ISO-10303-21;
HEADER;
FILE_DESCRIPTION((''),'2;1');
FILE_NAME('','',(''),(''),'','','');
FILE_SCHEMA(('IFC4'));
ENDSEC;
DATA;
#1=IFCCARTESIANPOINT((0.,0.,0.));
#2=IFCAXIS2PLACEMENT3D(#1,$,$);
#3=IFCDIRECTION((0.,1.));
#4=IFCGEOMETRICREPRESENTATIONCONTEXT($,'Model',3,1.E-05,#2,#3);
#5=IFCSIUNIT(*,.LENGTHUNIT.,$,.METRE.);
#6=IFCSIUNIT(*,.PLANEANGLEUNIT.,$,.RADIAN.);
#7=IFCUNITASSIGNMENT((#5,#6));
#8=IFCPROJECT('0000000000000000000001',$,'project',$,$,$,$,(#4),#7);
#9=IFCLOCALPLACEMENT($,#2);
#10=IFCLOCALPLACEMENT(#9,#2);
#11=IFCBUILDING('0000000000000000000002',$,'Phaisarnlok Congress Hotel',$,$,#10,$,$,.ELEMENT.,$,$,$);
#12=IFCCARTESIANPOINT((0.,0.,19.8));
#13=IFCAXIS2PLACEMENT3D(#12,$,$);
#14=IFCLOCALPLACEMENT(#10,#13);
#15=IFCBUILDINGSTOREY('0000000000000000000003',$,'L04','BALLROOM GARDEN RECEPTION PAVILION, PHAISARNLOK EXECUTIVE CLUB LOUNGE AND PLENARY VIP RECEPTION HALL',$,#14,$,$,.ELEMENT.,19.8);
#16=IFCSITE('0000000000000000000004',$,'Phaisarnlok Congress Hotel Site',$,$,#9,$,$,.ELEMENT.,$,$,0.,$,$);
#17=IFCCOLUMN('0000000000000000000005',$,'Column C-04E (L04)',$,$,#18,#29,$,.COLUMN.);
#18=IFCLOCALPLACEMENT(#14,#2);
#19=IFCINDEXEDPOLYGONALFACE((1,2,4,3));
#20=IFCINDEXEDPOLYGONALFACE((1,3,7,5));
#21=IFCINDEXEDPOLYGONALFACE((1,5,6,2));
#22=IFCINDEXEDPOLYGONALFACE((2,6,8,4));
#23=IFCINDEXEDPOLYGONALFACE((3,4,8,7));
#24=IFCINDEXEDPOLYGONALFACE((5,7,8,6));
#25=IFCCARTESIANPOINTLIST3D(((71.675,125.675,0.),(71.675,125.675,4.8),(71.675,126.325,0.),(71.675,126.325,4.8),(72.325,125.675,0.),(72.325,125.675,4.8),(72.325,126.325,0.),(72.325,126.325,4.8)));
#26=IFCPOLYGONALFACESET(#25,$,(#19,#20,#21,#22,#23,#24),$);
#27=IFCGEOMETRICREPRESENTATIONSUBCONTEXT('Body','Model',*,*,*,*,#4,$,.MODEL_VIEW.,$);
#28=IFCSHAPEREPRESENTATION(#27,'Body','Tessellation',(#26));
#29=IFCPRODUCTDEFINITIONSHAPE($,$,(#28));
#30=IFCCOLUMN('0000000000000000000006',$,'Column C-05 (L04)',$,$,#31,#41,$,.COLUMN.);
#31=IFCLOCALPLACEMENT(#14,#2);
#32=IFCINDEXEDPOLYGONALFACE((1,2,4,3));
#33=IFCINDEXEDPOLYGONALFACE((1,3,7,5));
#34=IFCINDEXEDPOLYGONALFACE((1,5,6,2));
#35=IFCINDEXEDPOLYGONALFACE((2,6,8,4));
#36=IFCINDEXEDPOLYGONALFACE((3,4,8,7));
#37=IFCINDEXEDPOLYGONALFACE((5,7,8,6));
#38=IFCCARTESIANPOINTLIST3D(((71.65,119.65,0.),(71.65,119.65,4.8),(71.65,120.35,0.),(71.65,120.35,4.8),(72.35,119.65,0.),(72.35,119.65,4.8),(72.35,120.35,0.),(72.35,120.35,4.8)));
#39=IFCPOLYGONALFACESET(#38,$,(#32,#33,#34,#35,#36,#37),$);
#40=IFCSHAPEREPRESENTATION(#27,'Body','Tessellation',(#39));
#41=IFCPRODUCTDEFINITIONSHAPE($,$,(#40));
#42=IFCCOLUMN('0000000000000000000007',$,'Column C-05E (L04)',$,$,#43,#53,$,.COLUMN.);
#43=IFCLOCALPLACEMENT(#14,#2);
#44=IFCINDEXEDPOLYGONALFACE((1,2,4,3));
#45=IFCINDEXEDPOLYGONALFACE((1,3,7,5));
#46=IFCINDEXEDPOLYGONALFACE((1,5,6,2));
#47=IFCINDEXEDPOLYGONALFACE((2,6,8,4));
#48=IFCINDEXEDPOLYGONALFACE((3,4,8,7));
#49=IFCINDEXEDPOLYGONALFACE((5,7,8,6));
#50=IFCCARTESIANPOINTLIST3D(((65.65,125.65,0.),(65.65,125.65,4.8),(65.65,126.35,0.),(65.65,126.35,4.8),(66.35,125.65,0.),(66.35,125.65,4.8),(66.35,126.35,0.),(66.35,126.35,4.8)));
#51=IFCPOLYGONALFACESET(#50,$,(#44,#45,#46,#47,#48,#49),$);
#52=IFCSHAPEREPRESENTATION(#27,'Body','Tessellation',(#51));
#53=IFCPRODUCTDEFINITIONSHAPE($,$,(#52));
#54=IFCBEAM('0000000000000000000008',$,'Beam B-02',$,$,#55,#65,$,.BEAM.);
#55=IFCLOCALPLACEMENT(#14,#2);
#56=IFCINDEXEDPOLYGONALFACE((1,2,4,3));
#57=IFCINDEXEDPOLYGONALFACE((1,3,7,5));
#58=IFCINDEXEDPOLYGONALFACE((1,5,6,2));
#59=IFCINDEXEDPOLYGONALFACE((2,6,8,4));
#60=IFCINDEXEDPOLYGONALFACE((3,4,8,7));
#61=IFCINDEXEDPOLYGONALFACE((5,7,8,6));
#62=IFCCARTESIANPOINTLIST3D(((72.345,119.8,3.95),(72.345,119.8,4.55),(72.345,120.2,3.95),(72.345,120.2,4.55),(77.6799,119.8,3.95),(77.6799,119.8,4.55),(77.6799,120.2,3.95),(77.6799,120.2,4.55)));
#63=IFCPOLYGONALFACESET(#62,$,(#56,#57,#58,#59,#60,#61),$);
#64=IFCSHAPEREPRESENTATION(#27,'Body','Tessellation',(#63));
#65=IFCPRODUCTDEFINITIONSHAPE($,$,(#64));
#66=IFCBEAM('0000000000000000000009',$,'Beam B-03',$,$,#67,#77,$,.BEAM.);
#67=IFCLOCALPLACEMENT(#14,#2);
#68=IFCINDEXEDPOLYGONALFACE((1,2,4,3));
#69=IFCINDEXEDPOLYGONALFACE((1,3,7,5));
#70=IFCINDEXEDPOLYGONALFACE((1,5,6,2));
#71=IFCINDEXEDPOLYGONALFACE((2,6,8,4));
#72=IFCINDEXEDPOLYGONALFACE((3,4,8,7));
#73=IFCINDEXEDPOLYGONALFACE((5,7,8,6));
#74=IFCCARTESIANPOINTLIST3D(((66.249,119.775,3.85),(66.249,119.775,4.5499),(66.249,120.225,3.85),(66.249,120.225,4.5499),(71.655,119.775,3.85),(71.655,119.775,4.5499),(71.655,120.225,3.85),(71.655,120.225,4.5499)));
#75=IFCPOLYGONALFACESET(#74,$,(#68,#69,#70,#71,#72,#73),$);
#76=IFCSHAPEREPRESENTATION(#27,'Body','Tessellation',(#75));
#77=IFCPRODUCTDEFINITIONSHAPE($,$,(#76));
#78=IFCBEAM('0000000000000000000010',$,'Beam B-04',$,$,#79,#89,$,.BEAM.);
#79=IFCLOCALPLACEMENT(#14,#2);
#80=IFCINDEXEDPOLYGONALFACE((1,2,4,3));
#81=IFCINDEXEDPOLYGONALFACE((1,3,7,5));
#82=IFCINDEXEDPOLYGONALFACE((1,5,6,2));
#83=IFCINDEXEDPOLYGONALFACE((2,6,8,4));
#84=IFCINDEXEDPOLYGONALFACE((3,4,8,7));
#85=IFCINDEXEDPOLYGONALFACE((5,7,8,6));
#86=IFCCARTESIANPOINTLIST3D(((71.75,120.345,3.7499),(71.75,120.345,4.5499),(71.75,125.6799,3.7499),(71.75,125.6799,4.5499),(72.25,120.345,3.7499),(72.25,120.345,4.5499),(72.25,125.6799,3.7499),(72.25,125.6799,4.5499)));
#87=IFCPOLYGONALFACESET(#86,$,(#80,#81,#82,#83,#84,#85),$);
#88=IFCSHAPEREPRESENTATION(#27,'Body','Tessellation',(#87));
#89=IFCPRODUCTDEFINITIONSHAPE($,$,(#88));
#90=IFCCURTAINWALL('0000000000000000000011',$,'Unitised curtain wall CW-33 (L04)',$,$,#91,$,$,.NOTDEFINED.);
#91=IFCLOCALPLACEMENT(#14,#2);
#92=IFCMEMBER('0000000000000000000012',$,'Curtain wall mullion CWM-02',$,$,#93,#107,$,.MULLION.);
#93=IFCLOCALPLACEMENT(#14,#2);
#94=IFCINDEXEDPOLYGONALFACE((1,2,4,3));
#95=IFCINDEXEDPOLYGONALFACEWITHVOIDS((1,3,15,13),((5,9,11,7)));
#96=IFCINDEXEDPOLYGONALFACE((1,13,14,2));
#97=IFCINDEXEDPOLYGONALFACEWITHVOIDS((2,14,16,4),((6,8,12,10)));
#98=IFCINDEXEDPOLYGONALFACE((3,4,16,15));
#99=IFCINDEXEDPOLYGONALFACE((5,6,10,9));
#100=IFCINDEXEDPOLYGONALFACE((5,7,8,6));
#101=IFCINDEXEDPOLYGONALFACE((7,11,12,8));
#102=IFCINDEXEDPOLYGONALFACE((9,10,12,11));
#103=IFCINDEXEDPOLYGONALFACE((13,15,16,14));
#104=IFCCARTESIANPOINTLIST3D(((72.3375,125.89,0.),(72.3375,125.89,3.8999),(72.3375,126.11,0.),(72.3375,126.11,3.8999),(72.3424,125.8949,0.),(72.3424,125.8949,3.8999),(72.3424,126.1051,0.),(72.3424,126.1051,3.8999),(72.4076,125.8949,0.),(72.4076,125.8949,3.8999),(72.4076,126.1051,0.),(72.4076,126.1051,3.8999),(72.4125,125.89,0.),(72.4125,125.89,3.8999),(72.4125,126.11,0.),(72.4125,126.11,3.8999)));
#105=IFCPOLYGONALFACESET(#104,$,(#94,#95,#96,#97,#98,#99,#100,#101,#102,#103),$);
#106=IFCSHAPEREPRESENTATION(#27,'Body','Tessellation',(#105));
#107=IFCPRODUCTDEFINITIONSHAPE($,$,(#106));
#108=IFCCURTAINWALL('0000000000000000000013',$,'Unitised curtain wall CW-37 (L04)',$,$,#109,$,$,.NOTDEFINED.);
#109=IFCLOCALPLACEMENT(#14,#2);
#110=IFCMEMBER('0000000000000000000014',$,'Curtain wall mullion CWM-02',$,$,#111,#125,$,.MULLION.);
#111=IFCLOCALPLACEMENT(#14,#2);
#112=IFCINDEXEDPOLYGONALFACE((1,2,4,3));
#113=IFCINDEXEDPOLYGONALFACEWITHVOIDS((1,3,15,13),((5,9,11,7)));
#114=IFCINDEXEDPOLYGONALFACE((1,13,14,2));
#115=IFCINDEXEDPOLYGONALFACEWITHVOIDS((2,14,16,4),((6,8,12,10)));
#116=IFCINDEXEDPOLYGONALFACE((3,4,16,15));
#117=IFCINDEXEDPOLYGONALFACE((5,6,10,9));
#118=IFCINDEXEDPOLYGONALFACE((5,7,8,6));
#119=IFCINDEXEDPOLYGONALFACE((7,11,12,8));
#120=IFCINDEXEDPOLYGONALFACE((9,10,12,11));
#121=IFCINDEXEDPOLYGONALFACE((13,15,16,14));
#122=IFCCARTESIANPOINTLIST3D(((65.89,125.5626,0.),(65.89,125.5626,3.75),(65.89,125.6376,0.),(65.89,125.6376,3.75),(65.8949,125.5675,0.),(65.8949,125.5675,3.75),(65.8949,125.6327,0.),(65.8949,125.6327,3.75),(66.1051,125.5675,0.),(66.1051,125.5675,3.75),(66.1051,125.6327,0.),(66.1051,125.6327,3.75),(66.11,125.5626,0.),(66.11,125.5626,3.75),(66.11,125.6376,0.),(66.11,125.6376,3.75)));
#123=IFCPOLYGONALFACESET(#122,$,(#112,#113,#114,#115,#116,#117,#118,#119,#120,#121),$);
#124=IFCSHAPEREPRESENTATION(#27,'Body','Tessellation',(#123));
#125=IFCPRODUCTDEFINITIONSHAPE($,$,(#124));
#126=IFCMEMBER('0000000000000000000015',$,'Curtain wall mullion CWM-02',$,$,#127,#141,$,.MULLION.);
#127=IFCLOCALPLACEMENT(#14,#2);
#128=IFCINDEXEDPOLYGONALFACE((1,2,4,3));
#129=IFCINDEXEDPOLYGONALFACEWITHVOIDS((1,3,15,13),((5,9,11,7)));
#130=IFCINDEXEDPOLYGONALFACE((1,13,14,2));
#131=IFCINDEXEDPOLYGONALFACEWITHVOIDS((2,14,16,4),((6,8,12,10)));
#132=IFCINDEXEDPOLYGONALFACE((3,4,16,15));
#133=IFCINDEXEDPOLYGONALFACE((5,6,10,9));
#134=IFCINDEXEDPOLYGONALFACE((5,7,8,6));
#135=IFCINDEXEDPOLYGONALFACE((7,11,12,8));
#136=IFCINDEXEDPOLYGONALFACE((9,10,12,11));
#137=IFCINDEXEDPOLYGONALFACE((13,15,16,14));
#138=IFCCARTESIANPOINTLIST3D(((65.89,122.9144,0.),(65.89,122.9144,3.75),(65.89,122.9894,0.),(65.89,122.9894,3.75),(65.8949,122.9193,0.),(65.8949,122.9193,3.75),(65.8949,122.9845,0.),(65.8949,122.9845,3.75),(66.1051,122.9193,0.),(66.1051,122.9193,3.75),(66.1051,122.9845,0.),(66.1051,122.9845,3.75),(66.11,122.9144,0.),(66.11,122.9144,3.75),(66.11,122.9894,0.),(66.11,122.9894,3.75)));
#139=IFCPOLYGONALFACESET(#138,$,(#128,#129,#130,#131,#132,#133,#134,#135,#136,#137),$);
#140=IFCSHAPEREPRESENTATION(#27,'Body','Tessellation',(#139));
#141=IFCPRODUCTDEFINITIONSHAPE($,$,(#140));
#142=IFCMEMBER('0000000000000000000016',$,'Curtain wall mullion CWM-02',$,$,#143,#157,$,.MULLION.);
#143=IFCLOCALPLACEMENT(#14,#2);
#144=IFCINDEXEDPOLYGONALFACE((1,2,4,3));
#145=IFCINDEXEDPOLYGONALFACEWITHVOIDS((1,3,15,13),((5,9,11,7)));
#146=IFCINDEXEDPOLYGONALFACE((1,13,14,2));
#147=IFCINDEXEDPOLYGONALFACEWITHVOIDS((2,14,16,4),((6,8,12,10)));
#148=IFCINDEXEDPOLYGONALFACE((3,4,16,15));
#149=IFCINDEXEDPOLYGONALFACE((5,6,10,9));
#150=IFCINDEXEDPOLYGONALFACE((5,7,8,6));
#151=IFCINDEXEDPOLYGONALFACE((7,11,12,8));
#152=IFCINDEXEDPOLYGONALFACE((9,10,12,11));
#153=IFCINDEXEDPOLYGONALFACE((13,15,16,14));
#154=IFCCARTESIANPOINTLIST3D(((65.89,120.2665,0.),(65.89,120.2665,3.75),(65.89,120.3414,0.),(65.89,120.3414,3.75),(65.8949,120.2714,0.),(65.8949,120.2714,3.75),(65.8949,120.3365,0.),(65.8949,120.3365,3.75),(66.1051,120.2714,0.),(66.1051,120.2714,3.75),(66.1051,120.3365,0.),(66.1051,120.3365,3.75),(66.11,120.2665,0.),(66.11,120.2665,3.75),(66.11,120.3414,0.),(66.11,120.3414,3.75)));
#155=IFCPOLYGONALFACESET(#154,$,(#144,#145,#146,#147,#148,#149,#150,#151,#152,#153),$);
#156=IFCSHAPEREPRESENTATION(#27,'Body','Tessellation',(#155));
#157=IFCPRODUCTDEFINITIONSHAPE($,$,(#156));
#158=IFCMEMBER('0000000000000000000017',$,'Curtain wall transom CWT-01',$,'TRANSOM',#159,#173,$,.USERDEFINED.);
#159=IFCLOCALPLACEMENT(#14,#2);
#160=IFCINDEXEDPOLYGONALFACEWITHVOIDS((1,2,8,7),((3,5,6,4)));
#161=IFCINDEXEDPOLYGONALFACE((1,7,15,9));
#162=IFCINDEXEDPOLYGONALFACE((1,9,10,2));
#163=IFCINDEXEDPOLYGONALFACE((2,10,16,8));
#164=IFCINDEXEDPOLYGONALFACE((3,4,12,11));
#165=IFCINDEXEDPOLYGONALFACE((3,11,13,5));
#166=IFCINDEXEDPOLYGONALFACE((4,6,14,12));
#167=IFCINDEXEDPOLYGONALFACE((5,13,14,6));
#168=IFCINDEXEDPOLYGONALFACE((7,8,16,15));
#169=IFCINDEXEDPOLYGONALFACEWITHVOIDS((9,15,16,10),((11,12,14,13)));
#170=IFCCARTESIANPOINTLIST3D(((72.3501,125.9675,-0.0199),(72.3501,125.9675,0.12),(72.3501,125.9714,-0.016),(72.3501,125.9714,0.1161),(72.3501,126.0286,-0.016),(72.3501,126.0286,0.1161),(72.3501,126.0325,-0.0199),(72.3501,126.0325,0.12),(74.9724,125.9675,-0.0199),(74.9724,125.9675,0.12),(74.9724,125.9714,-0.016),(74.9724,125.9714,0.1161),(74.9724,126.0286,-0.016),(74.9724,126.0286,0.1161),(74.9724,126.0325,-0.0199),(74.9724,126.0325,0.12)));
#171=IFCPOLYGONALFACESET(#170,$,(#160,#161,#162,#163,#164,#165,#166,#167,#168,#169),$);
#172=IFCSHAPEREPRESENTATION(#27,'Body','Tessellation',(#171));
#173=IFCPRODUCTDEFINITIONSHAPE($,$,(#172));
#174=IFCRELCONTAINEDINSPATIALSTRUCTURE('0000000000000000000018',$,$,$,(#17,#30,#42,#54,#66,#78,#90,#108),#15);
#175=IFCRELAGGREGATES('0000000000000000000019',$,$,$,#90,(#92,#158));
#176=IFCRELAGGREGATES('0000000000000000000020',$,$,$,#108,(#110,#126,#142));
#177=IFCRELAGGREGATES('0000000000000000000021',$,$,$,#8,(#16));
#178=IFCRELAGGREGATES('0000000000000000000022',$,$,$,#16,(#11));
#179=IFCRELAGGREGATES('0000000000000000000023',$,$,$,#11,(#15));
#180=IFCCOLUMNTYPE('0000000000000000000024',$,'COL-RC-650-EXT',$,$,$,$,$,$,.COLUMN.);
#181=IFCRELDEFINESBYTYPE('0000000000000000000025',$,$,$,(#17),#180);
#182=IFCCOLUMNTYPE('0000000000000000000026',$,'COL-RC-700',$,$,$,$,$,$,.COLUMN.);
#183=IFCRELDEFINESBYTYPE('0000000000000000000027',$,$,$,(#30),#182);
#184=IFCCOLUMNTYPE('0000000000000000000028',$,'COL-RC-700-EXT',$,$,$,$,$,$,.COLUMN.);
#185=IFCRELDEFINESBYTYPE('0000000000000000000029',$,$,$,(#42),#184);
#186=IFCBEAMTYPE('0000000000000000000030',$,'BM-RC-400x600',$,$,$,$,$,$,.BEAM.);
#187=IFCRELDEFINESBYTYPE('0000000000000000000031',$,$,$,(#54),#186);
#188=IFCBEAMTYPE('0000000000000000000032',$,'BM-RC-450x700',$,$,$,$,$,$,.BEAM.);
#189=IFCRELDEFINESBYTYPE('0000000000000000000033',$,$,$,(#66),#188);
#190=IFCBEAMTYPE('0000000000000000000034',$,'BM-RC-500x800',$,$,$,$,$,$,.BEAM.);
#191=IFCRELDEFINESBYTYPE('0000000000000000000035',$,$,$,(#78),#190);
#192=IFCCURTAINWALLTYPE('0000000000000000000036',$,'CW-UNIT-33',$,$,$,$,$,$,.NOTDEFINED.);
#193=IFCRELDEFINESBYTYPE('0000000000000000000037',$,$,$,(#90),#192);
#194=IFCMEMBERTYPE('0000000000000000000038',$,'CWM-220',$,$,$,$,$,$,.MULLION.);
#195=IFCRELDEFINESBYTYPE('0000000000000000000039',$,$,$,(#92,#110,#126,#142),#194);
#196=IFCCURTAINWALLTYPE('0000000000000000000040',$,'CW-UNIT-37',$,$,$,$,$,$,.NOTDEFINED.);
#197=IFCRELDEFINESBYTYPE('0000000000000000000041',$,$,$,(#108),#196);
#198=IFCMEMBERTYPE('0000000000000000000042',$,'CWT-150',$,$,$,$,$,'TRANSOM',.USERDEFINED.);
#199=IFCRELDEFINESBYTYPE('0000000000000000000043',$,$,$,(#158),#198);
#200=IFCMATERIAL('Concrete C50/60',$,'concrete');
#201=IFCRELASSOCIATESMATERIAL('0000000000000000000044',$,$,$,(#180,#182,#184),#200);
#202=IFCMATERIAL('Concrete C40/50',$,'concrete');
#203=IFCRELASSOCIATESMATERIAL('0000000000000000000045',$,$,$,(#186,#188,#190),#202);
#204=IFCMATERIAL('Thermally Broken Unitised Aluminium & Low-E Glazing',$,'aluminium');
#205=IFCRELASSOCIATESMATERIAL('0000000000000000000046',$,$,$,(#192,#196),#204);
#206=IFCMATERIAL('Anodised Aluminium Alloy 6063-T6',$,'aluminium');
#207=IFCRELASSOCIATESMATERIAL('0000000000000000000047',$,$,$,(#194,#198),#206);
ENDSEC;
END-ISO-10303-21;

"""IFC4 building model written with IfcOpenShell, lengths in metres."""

from ifc_helpers import new_model, si_unit, direction, frame, origin, origin_2d, place, context, subcontext, project, spatial, rectangle, hollow_rectangle, extrude, material, material_profile, profile_set, type_object, element, aggregate, save


model = new_model("IFC4")

# Units and contexts
model_context = context("Model", 3, precision=1e-05, world=origin(), true_north=direction((0.0, 1.0)))
body_context = subcontext(model_context, "Body", "Model", "MODEL_VIEW")
ifc_project = project(units=[si_unit("LENGTHUNIT", "METRE"), si_unit("PLANEANGLEUNIT", "RADIAN")], contexts=[model_context])

# Site, building, storey
site_placement = place(None, origin())
site = spatial("IfcSite", under=ifc_project, at=site_placement, Name="Phaisarnlok Congress Hotel Site", CompositionType="ELEMENT", RefElevation=0.0)
building_placement = place(site_placement, origin())
building = spatial("IfcBuilding", under=site, at=building_placement, Name="Phaisarnlok Congress Hotel", CompositionType="ELEMENT")
storey_placement = place(building_placement, frame((0.0, 0.0, 19.8)))
storey = spatial("IfcBuildingStorey", under=building, at=storey_placement, Name="L04", Description="BALLROOM GARDEN RECEPTION PAVILION, PHAISARNLOK EXECUTIVE CLUB LOUNGE AND PLENARY VIP RECEPTION HALL", CompositionType="ELEMENT", Elevation=19.8)

# Columns
ifc_material_1 = material(Name="Concrete C50/60", Category="concrete")
ifc_material_profile_1 = material_profile(ifc_material_1, rectangle(XDim=0.6499, YDim=0.6499, at=origin_2d()), Name="RC 650x650")
ifc_profile_set_1 = profile_set([ifc_material_profile_1], Name="Concrete C50/60")
column_type_1 = type_object("IfcColumnType", Name="COL-RC-650-EXT", PredefinedType="COLUMN", material=ifc_profile_set_1)
column_1_placement = place(storey_placement, frame((72.0, 126.0, 0.0), z_axis=(0.0, 0.0, 1.0), x_axis=(1.0, 0.0, 0.0)))
element("IfcColumn", 1, at=column_1_placement, inside=storey, type_object=column_type_1, Name="Column C-04E (L04)", PredefinedType="COLUMN", context=body_context, shape_type="SweptSolid", body=[
    extrude(rectangle(XDim=0.6499, YDim=0.6499, at=origin_2d()), origin(), (0.0, 0.0, 1.0), 4.8),
])
ifc_material_profile_2 = material_profile(ifc_material_1, rectangle(XDim=0.7, YDim=0.7, at=origin_2d()), Name="RC 700x700")
ifc_profile_set_2 = profile_set([ifc_material_profile_2], Name="Concrete C50/60")
column_type_2 = type_object("IfcColumnType", Name="COL-RC-700", PredefinedType="COLUMN", material=ifc_profile_set_2)
column_2_placement = place(storey_placement, frame((72.0, 120.0, 0.0), z_axis=(0.0, 0.0, 1.0), x_axis=(1.0, 0.0, 0.0)))
element("IfcColumn", 2, at=column_2_placement, inside=storey, type_object=column_type_2, Name="Column C-05 (L04)", PredefinedType="COLUMN", context=body_context, shape_type="SweptSolid", body=[
    extrude(rectangle(XDim=0.7, YDim=0.7, at=origin_2d()), origin(), (0.0, 0.0, 1.0), 4.8),
])
ifc_material_profile_3 = material_profile(ifc_material_1, rectangle(XDim=0.7, YDim=0.7, at=origin_2d()), Name="RC 700x700")
ifc_profile_set_3 = profile_set([ifc_material_profile_3], Name="Concrete C50/60")
column_type_3 = type_object("IfcColumnType", Name="COL-RC-700-EXT", PredefinedType="COLUMN", material=ifc_profile_set_3)
column_3_placement = place(storey_placement, frame((66.0, 126.0, 0.0), z_axis=(0.0, 0.0, 1.0), x_axis=(1.0, 0.0, 0.0)))
element("IfcColumn", 3, at=column_3_placement, inside=storey, type_object=column_type_3, Name="Column C-05E (L04)", PredefinedType="COLUMN", context=body_context, shape_type="SweptSolid", body=[
    extrude(rectangle(XDim=0.7, YDim=0.7, at=origin_2d()), origin(), (0.0, 0.0, 1.0), 4.8),
])

# Beams
ifc_material_2 = material(Name="Concrete C40/50", Category="concrete")
ifc_material_profile_4 = material_profile(ifc_material_2, rectangle(XDim=0.3999, YDim=0.6001, at=origin_2d()), Name="RC 400x600")
ifc_profile_set_4 = profile_set([ifc_material_profile_4], Name="Concrete C40/50")
beam_type_1 = type_object("IfcBeamType", Name="BM-RC-400x600", PredefinedType="BEAM", material=ifc_profile_set_4)
beam_1_placement = place(storey_placement, frame((72.345, 120.0, 4.25), z_axis=(1.0, 0.0, 0.0), x_axis=(0.0, 1.0, 0.0)))
element("IfcBeam", 4, at=beam_1_placement, inside=storey, type_object=beam_type_1, Name="Beam B-02", PredefinedType="BEAM", context=body_context, shape_type="SweptSolid", body=[
    extrude(rectangle(XDim=0.3999, YDim=0.6001, at=origin_2d()), origin(), (0.0, 0.0, 1.0), 5.335),
])
ifc_material_profile_5 = material_profile(ifc_material_2, rectangle(XDim=0.45, YDim=0.7, at=origin_2d()), Name="RC 450x700")
ifc_profile_set_5 = profile_set([ifc_material_profile_5], Name="Concrete C40/50")
beam_type_2 = type_object("IfcBeamType", Name="BM-RC-450x700", PredefinedType="BEAM", material=ifc_profile_set_5)
beam_2_placement = place(storey_placement, frame((66.249, 120.0, 4.2), z_axis=(1.0, 0.0, 0.0), x_axis=(0.0, 1.0, 0.0)))
element("IfcBeam", 5, at=beam_2_placement, inside=storey, type_object=beam_type_2, Name="Beam B-03", PredefinedType="BEAM", context=body_context, shape_type="SweptSolid", body=[
    extrude(rectangle(XDim=0.45, YDim=0.7, at=origin_2d()), origin(), (0.0, 0.0, 1.0), 5.406),
])
ifc_material_profile_6 = material_profile(ifc_material_2, rectangle(XDim=0.5, YDim=0.8, at=origin_2d()), Name="RC 500x800")
ifc_profile_set_6 = profile_set([ifc_material_profile_6], Name="Concrete C40/50")
beam_type_3 = type_object("IfcBeamType", Name="BM-RC-500x800", PredefinedType="BEAM", material=ifc_profile_set_6)
beam_3_placement = place(storey_placement, frame((72.0, 120.345, 4.1499), z_axis=(0.0, 1.0, 0.0), x_axis=(-1.0, 0.0, 0.0)))
element("IfcBeam", 6, at=beam_3_placement, inside=storey, type_object=beam_type_3, Name="Beam B-04", PredefinedType="BEAM", context=body_context, shape_type="SweptSolid", body=[
    extrude(rectangle(XDim=0.5, YDim=0.8, at=origin_2d()), origin(), (0.0, 0.0, 1.0), 5.335),
])

# Curtain wall, member
ifc_material_3 = material(Name="Thermally Broken Unitised Aluminium & Low-E Glazing", Category="aluminium")
curtain_wall_type_1 = type_object("IfcCurtainWallType", Name="CW-UNIT-33", PredefinedType="NOTDEFINED", material=ifc_material_3)
curtain_wall_1_placement = place(storey_placement, origin())
curtain_wall_1 = element("IfcCurtainWall", 7, at=curtain_wall_1_placement, inside=storey, type_object=curtain_wall_type_1, Name="Unitised curtain wall CW-33 (L04)", PredefinedType="NOTDEFINED")
ifc_material_4 = material(Name="Anodised Aluminium Alloy 6063-T6", Category="aluminium")
ifc_material_profile_7 = material_profile(ifc_material_4, hollow_rectangle(XDim=0.075, YDim=0.22, WallThickness=0.0049, at=origin_2d()), Name="ALU-M 75x220x5")
ifc_profile_set_7 = profile_set([ifc_material_profile_7], Name="Anodised Aluminium Alloy 6063-T6")
member_type_1 = type_object("IfcMemberType", Name="CWM-220", PredefinedType="MULLION", material=ifc_profile_set_7)
member_1_placement = place(storey_placement, frame((72.375, 126.0, 0.0), z_axis=(0.0, 0.0, 1.0), x_axis=(-1.0, 0.0, 0.0)))
member_1 = element("IfcMember", 8, at=member_1_placement, type_object=member_type_1, Name="Curtain wall mullion CWM-02", PredefinedType="MULLION", context=body_context, shape_type="SweptSolid", body=[
    extrude(hollow_rectangle(XDim=0.075, YDim=0.22, WallThickness=0.0049, at=origin_2d()), origin(), (0.0, 0.0, 1.0), 3.8999),
])

# Curtain wall, members
curtain_wall_type_2 = type_object("IfcCurtainWallType", Name="CW-UNIT-37", PredefinedType="NOTDEFINED", material=ifc_material_3)
curtain_wall_2_placement = place(storey_placement, origin())
curtain_wall_2 = element("IfcCurtainWall", 9, at=curtain_wall_2_placement, inside=storey, type_object=curtain_wall_type_2, Name="Unitised curtain wall CW-37 (L04)", PredefinedType="NOTDEFINED")
member_2_placement = place(storey_placement, frame((66.0, 125.6001, 0.0), z_axis=(0.0, 0.0, 1.0), x_axis=(0.0, -1.0, 0.0)))
member_2 = element("IfcMember", 10, at=member_2_placement, type_object=member_type_1, Name="Curtain wall mullion CWM-02", PredefinedType="MULLION", context=body_context, shape_type="SweptSolid", body=[
    extrude(hollow_rectangle(XDim=0.075, YDim=0.22, WallThickness=0.0049, at=origin_2d()), origin(), (0.0, 0.0, 1.0), 3.75),
])
member_3_placement = place(storey_placement, frame((66.0, 122.9519, 0.0), z_axis=(0.0, 0.0, 1.0), x_axis=(0.0, -1.0, 0.0)))
member_3 = element("IfcMember", 11, at=member_3_placement, type_object=member_type_1, Name="Curtain wall mullion CWM-02", PredefinedType="MULLION", context=body_context, shape_type="SweptSolid", body=[
    extrude(hollow_rectangle(XDim=0.075, YDim=0.22, WallThickness=0.0049, at=origin_2d()), origin(), (0.0, 0.0, 1.0), 3.75),
])
member_4_placement = place(storey_placement, frame((66.0, 120.304, 0.0), z_axis=(0.0, 0.0, 1.0), x_axis=(0.0, -1.0, 0.0)))
member_4 = element("IfcMember", 12, at=member_4_placement, type_object=member_type_1, Name="Curtain wall mullion CWM-02", PredefinedType="MULLION", context=body_context, shape_type="SweptSolid", body=[
    extrude(hollow_rectangle(XDim=0.075, YDim=0.22, WallThickness=0.0049, at=origin_2d()), origin(), (0.0, 0.0, 1.0), 3.75),
])

# Member
ifc_material_profile_8 = material_profile(ifc_material_4, hollow_rectangle(XDim=0.0649, YDim=0.1399, WallThickness=0.0039, at=origin_2d()), Name="ALU-T 65x140x4")
ifc_profile_set_8 = profile_set([ifc_material_profile_8], Name="Anodised Aluminium Alloy 6063-T6")
member_type_2 = type_object("IfcMemberType", Name="CWT-150", ElementType="TRANSOM", PredefinedType="USERDEFINED", material=ifc_profile_set_8)
member_5_placement = place(storey_placement, frame((74.9724, 126.0, 0.05), z_axis=(-1.0, 0.0, 0.0), x_axis=(0.0, -1.0, 0.0)))
member_5 = element("IfcMember", 13, at=member_5_placement, type_object=member_type_2, Name="Curtain wall transom CWT-01", ObjectType="TRANSOM", PredefinedType="USERDEFINED", context=body_context, shape_type="SweptSolid", body=[
    extrude(hollow_rectangle(XDim=0.0649, YDim=0.1399, WallThickness=0.0039, at=origin_2d()), origin(), (0.0, 0.0, 1.0), 2.6223),
])
aggregate(curtain_wall_1, [member_1, member_5])

aggregate(curtain_wall_2, [member_2, member_3, member_4])

save(model, "model.ifc")
